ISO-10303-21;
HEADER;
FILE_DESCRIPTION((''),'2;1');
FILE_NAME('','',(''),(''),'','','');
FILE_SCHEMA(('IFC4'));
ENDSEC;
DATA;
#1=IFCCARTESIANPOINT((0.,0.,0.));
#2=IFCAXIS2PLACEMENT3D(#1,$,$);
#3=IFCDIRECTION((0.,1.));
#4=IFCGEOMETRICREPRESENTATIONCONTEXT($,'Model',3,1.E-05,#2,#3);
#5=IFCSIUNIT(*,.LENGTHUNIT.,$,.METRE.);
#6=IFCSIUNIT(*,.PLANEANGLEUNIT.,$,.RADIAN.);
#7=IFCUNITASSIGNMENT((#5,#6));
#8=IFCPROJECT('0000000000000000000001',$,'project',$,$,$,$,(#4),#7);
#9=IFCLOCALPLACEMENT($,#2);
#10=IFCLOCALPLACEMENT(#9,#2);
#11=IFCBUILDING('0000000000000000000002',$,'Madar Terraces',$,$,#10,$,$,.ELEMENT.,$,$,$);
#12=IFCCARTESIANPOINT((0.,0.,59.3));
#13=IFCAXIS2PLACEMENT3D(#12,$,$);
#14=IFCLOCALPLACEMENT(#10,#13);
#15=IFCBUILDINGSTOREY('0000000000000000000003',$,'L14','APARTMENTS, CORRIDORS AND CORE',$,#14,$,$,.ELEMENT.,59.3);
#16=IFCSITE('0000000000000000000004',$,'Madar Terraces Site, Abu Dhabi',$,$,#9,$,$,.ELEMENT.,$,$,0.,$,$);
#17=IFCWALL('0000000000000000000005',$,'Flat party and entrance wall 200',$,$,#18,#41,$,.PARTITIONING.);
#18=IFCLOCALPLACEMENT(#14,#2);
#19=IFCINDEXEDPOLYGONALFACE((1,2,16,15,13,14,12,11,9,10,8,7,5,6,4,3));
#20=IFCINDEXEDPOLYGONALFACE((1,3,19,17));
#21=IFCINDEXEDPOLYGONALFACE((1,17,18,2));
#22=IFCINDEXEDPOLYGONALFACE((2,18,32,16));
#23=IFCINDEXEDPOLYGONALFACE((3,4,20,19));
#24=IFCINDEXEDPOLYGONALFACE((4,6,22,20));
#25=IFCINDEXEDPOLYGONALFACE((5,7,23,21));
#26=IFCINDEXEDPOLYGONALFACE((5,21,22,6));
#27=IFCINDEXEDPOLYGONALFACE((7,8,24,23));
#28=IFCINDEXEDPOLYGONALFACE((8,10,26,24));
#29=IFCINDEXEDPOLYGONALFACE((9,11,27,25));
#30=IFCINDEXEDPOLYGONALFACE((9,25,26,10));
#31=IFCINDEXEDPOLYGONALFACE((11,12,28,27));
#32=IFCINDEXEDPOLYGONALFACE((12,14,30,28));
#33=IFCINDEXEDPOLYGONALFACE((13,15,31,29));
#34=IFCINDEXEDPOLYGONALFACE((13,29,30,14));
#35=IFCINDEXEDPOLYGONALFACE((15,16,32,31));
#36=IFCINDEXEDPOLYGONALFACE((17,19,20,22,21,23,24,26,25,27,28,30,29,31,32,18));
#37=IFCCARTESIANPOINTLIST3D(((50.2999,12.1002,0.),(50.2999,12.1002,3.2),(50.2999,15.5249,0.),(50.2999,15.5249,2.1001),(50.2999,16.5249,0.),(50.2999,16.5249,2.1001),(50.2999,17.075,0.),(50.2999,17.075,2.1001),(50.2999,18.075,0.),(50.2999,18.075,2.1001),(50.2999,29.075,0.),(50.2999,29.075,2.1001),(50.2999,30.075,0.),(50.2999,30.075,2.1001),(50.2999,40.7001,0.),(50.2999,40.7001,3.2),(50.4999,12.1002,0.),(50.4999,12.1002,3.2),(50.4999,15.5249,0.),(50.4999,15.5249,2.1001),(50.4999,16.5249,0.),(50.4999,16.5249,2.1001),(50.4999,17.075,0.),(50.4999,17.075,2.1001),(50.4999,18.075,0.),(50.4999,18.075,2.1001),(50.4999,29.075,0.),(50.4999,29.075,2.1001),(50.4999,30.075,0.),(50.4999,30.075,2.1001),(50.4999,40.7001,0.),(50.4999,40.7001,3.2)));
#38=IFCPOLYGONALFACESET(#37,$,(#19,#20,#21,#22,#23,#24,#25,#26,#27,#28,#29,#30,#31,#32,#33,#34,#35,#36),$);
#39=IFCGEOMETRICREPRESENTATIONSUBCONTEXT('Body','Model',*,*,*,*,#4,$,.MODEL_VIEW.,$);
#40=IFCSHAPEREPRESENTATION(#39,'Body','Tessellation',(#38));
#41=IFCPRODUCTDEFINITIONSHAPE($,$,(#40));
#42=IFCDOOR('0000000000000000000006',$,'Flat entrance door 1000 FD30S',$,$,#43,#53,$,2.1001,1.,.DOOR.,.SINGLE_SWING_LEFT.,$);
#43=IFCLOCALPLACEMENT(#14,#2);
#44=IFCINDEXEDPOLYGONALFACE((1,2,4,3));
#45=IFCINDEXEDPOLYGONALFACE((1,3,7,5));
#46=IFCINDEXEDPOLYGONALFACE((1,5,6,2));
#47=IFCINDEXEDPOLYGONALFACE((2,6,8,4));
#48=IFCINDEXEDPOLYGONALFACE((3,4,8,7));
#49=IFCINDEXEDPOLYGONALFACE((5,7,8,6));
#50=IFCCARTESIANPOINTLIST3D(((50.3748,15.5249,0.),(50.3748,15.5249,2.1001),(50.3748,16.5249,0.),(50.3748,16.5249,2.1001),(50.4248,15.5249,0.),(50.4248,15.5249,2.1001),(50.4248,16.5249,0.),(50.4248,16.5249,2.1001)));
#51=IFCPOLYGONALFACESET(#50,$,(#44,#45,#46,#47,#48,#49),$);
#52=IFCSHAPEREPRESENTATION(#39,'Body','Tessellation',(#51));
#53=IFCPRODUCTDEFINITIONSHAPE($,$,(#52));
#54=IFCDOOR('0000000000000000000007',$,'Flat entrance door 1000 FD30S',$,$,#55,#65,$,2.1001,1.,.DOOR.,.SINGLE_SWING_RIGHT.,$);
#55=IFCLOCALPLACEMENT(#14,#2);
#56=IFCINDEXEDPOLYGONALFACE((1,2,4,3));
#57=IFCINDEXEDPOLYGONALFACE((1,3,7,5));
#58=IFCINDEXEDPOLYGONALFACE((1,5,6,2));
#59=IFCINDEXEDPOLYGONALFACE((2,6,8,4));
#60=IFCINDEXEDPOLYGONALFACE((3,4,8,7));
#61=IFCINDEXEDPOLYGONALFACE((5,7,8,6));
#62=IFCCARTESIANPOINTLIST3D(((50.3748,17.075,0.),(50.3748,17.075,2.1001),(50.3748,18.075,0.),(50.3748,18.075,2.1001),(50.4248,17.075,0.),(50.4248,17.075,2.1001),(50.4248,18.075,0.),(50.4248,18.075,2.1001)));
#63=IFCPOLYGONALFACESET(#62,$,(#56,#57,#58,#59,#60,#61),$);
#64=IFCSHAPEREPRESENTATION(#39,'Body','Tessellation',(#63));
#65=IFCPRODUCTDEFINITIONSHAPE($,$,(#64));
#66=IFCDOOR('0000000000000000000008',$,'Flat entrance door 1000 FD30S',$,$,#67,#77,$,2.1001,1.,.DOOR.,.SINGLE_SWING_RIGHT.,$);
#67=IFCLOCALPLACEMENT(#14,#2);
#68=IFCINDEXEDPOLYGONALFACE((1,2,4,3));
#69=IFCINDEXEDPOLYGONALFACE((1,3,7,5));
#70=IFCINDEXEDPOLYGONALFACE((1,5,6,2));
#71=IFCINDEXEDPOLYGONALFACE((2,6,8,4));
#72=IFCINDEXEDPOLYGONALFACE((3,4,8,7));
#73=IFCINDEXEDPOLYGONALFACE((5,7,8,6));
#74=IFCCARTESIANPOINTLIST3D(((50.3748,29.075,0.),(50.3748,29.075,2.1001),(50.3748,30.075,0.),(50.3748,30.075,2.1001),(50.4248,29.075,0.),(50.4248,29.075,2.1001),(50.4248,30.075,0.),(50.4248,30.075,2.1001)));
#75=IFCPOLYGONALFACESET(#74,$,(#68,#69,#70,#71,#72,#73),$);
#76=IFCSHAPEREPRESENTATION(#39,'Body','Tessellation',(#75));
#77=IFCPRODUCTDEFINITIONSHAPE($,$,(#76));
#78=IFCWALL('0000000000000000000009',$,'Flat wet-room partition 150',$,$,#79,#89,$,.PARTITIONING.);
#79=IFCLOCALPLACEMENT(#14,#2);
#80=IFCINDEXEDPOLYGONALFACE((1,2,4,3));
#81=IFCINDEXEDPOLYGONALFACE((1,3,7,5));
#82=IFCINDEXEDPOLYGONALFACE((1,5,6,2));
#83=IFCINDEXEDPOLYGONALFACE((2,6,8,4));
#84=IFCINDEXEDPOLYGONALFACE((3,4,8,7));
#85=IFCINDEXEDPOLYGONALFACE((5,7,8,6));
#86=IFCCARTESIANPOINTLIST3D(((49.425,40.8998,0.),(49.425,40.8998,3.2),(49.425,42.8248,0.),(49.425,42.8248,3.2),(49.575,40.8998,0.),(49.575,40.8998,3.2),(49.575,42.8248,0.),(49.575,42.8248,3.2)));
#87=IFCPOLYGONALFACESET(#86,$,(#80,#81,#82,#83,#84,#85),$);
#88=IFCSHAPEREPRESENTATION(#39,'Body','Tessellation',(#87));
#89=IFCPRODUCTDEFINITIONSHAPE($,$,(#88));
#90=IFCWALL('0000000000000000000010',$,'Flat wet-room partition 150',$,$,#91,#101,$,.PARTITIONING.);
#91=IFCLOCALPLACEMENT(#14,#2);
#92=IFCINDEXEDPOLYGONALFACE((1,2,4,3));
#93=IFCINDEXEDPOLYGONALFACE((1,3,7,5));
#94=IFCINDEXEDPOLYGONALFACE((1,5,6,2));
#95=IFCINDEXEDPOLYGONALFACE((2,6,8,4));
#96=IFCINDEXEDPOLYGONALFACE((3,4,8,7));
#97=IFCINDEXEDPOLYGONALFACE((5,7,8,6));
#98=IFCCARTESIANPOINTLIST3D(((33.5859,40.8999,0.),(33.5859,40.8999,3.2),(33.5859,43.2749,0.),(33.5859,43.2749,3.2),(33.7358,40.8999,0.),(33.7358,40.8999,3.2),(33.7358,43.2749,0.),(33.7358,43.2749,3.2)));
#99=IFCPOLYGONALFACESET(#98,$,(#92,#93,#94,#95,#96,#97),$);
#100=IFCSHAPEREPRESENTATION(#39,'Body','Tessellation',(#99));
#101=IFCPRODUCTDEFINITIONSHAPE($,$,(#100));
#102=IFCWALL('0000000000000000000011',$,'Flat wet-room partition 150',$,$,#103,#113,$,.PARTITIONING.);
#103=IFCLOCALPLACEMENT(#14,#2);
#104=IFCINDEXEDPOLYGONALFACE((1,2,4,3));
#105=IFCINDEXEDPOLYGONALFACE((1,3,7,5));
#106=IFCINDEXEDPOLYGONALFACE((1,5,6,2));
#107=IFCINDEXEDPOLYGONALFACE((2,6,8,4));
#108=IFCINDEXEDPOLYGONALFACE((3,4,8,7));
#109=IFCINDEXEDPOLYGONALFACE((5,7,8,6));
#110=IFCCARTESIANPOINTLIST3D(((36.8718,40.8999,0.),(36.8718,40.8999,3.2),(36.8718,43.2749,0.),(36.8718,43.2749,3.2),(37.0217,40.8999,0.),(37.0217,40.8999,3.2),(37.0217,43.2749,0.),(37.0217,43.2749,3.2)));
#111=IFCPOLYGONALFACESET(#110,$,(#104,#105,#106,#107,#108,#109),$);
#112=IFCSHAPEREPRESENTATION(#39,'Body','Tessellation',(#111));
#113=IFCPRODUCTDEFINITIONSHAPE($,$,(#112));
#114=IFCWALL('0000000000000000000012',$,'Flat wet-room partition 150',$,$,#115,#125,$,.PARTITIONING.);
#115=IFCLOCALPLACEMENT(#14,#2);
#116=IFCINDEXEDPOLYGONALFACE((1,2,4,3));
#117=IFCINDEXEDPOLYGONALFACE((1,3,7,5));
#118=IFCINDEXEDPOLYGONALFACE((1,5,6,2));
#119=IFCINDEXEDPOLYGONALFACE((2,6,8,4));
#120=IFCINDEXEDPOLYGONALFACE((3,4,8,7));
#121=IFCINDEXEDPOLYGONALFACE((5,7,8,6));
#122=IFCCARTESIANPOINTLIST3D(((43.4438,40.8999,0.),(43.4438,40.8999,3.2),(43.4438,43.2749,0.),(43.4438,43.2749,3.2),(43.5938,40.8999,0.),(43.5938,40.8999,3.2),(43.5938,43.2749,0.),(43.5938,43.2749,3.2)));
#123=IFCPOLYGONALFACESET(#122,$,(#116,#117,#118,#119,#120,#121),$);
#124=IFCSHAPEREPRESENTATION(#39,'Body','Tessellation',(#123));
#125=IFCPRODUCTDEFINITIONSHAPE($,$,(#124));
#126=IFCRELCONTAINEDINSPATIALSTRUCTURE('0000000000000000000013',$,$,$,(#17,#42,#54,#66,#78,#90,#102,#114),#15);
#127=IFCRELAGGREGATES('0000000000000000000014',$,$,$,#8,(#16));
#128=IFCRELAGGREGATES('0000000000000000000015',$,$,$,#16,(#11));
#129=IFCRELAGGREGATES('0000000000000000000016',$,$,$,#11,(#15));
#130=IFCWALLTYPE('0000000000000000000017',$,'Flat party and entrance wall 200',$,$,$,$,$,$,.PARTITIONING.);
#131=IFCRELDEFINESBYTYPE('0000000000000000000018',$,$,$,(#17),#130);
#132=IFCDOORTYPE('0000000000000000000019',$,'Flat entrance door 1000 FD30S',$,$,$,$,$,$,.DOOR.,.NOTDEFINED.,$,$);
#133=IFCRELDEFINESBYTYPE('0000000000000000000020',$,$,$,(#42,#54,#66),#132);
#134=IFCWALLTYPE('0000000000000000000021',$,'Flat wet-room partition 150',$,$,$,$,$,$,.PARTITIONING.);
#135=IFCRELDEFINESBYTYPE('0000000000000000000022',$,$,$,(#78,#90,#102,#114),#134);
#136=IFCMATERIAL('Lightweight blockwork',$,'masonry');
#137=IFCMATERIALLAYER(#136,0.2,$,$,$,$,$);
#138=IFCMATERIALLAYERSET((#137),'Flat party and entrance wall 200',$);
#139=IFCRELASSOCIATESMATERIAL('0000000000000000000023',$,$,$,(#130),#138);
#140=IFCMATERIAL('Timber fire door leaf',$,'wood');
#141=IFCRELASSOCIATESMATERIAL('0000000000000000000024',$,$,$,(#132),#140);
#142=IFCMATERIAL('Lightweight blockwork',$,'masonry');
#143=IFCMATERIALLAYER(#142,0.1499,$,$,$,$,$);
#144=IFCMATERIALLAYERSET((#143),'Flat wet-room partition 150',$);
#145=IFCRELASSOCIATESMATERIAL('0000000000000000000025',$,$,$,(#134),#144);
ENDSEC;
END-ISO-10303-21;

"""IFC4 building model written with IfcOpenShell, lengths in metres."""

from ifc_helpers import new_model, si_unit, direction, frame, frame_2d, origin, place, context, subcontext, project, spatial, rectangle, extrude, material, layer, layer_set, type_object, element, fill, save


model = new_model("IFC4")

# Units and contexts
model_context = context("Model", 3, precision=1e-05, world=origin(), true_north=direction((0.0, 1.0)))
body_context = subcontext(model_context, "Body", "Model", "MODEL_VIEW")
ifc_project = project(units=[si_unit("LENGTHUNIT", "METRE"), si_unit("PLANEANGLEUNIT", "RADIAN")], contexts=[model_context])

# Site, building, storey
site_placement = place(None, origin())
site = spatial("IfcSite", under=ifc_project, at=site_placement, Name="Madar Terraces Site, Abu Dhabi", CompositionType="ELEMENT", RefElevation=0.0)
building_placement = place(site_placement, origin())
building = spatial("IfcBuilding", under=site, at=building_placement, Name="Madar Terraces", CompositionType="ELEMENT")
storey_placement = place(building_placement, frame((0.0, 0.0, 59.3)))
storey = spatial("IfcBuildingStorey", under=building, at=storey_placement, Name="L14", Description="APARTMENTS, CORRIDORS AND CORE", CompositionType="ELEMENT", Elevation=59.3)

# Wall, openings, doors
ifc_material_1 = material(Name="Lightweight blockwork", Category="masonry")
ifc_layer_1 = layer(ifc_material_1, 0.2)
ifc_layer_set_1 = layer_set([ifc_layer_1], Name="Flat party and entrance wall 200")
wall_type_1 = type_object("IfcWallType", Name="Flat party and entrance wall 200", PredefinedType="PARTITIONING", material=ifc_layer_set_1)
wall_1_placement = place(storey_placement, frame((50.3999, 40.7, 0.0), z_axis=(0.0, 0.0, 1.0), x_axis=(0.0, -1.0, 0.0)))
wall_1 = element("IfcWall", 1, at=wall_1_placement, inside=storey, type_object=wall_type_1, Name="Flat party and entrance wall 200", PredefinedType="PARTITIONING", context=body_context, shape_type="SweptSolid", body=[
    extrude(rectangle(XDim=28.5999, YDim=0.2, at=frame_2d((14.2998, 0.0))), origin(), (0.0, 0.0, 1.0), 3.2),
])
opening_1_placement = place(wall_1_placement, frame((24.175, 0.0, 0.0)))
opening_1 = element("IfcOpeningElement", 2, at=opening_1_placement, cuts=wall_1, PredefinedType="OPENING", context=body_context, shape_type="SweptSolid", body=[
    extrude(rectangle(XDim=1.0, YDim=2.1001, at=frame_2d((0.5, 1.05))), frame((0.0, 0.1099, 0.0), z_axis=(0.0, -1.0, 0.0), x_axis=(1.0, 0.0, 0.0)), (0.0, 0.0, 1.0), 0.22),
])
opening_2_placement = place(wall_1_placement, frame((22.625, 0.0, 0.0)))
opening_2 = element("IfcOpeningElement", 3, at=opening_2_placement, cuts=wall_1, PredefinedType="OPENING", context=body_context, shape_type="SweptSolid", body=[
    extrude(rectangle(XDim=1.0, YDim=2.1001, at=frame_2d((0.5, 1.05))), frame((0.0, 0.1099, 0.0), z_axis=(0.0, -1.0, 0.0), x_axis=(1.0, 0.0, 0.0)), (0.0, 0.0, 1.0), 0.22),
])
opening_3_placement = place(wall_1_placement, frame((10.625, 0.0, 0.0)))
opening_3 = element("IfcOpeningElement", 4, at=opening_3_placement, cuts=wall_1, PredefinedType="OPENING", context=body_context, shape_type="SweptSolid", body=[
    extrude(rectangle(XDim=1.0, YDim=2.1001, at=frame_2d((0.5, 1.05))), frame((0.0, 0.1099, 0.0), z_axis=(0.0, -1.0, 0.0), x_axis=(1.0, 0.0, 0.0)), (0.0, 0.0, 1.0), 0.22),
])
ifc_material_2 = material(Name="Timber fire door leaf", Category="wood")
door_type_1 = type_object("IfcDoorType", Name="Flat entrance door 1000 FD30S", OperationType="NOTDEFINED", PredefinedType="DOOR", material=ifc_material_2)
door_1_placement = place(opening_1_placement, origin())
door_1 = element("IfcDoor", 5, at=door_1_placement, inside=storey, type_object=door_type_1, Name="Flat entrance door 1000 FD30S", OperationType="SINGLE_SWING_LEFT", OverallHeight=2.1001, OverallWidth=1.0, PredefinedType="DOOR", context=body_context, shape_type="SweptSolid", body=[
    extrude(rectangle(XDim=1.0, YDim=2.1001, at=frame_2d((0.5, 1.05))), frame((0.0, 0.0249, 0.0), z_axis=(0.0, -1.0, 0.0), x_axis=(1.0, 0.0, 0.0)), (0.0, 0.0, 1.0), 0.05),
])
fill(opening_1, door_1)
door_2_placement = place(opening_2_placement, origin())
door_2 = element("IfcDoor", 6, at=door_2_placement, inside=storey, type_object=door_type_1, Name="Flat entrance door 1000 FD30S", OperationType="SINGLE_SWING_RIGHT", OverallHeight=2.1001, OverallWidth=1.0, PredefinedType="DOOR", context=body_context, shape_type="SweptSolid", body=[
    extrude(rectangle(XDim=1.0, YDim=2.1001, at=frame_2d((0.5, 1.05))), frame((0.0, 0.0249, 0.0), z_axis=(0.0, -1.0, 0.0), x_axis=(1.0, 0.0, 0.0)), (0.0, 0.0, 1.0), 0.05),
])
fill(opening_2, door_2)
door_3_placement = place(opening_3_placement, origin())
door_3 = element("IfcDoor", 7, at=door_3_placement, inside=storey, type_object=door_type_1, Name="Flat entrance door 1000 FD30S", OperationType="SINGLE_SWING_RIGHT", OverallHeight=2.1001, OverallWidth=1.0, PredefinedType="DOOR", context=body_context, shape_type="SweptSolid", body=[
    extrude(rectangle(XDim=1.0, YDim=2.1001, at=frame_2d((0.5, 1.05))), frame((0.0, 0.0249, 0.0), z_axis=(0.0, -1.0, 0.0), x_axis=(1.0, 0.0, 0.0)), (0.0, 0.0, 1.0), 0.05),
])
fill(opening_3, door_3)

# Walls
ifc_material_3 = material(Name="Lightweight blockwork", Category="masonry")
ifc_layer_2 = layer(ifc_material_3, 0.1499)
ifc_layer_set_2 = layer_set([ifc_layer_2], Name="Flat wet-room partition 150")
wall_type_2 = type_object("IfcWallType", Name="Flat wet-room partition 150", PredefinedType="PARTITIONING", material=ifc_layer_set_2)
wall_2_placement = place(storey_placement, frame((49.5, 40.8999, 0.0), z_axis=(0.0, 0.0, 1.0), x_axis=(0.0, 1.0, 0.0)))
element("IfcWall", 8, at=wall_2_placement, inside=storey, type_object=wall_type_2, Name="Flat wet-room partition 150", PredefinedType="PARTITIONING", context=body_context, shape_type="SweptSolid", body=[
    extrude(rectangle(XDim=1.925, YDim=0.1499, at=frame_2d((0.9624, 0.0))), origin(), (0.0, 0.0, 1.0), 3.2),
])
for number, where, z_axis, x_axis, name in (
    (9, (33.6609, 40.8999, 0.0), (0.0, 0.0, 1.0), (0.0, 1.0, 0.0), "Flat wet-room partition 150"),
    (10, (36.9468, 40.8999, 0.0), (0.0, 0.0, 1.0), (0.0, 1.0, 0.0), "Flat wet-room partition 150"),
    (11, (43.5188, 40.8999, 0.0), (0.0, 0.0, 1.0), (0.0, 1.0, 0.0), "Flat wet-room partition 150"),
):
    element("IfcWall", number, at=place(storey_placement, frame(where, z_axis=z_axis, x_axis=x_axis)), inside=storey, type_object=wall_type_2, Name=name, PredefinedType="PARTITIONING", context=body_context, shape_type="SweptSolid", body=[
        extrude(rectangle(XDim=2.375, YDim=0.1499, at=frame_2d((1.1875, 0.0))), origin(), (0.0, 0.0, 1.0), 3.2),
    ])

save(model, "model.ifc")
